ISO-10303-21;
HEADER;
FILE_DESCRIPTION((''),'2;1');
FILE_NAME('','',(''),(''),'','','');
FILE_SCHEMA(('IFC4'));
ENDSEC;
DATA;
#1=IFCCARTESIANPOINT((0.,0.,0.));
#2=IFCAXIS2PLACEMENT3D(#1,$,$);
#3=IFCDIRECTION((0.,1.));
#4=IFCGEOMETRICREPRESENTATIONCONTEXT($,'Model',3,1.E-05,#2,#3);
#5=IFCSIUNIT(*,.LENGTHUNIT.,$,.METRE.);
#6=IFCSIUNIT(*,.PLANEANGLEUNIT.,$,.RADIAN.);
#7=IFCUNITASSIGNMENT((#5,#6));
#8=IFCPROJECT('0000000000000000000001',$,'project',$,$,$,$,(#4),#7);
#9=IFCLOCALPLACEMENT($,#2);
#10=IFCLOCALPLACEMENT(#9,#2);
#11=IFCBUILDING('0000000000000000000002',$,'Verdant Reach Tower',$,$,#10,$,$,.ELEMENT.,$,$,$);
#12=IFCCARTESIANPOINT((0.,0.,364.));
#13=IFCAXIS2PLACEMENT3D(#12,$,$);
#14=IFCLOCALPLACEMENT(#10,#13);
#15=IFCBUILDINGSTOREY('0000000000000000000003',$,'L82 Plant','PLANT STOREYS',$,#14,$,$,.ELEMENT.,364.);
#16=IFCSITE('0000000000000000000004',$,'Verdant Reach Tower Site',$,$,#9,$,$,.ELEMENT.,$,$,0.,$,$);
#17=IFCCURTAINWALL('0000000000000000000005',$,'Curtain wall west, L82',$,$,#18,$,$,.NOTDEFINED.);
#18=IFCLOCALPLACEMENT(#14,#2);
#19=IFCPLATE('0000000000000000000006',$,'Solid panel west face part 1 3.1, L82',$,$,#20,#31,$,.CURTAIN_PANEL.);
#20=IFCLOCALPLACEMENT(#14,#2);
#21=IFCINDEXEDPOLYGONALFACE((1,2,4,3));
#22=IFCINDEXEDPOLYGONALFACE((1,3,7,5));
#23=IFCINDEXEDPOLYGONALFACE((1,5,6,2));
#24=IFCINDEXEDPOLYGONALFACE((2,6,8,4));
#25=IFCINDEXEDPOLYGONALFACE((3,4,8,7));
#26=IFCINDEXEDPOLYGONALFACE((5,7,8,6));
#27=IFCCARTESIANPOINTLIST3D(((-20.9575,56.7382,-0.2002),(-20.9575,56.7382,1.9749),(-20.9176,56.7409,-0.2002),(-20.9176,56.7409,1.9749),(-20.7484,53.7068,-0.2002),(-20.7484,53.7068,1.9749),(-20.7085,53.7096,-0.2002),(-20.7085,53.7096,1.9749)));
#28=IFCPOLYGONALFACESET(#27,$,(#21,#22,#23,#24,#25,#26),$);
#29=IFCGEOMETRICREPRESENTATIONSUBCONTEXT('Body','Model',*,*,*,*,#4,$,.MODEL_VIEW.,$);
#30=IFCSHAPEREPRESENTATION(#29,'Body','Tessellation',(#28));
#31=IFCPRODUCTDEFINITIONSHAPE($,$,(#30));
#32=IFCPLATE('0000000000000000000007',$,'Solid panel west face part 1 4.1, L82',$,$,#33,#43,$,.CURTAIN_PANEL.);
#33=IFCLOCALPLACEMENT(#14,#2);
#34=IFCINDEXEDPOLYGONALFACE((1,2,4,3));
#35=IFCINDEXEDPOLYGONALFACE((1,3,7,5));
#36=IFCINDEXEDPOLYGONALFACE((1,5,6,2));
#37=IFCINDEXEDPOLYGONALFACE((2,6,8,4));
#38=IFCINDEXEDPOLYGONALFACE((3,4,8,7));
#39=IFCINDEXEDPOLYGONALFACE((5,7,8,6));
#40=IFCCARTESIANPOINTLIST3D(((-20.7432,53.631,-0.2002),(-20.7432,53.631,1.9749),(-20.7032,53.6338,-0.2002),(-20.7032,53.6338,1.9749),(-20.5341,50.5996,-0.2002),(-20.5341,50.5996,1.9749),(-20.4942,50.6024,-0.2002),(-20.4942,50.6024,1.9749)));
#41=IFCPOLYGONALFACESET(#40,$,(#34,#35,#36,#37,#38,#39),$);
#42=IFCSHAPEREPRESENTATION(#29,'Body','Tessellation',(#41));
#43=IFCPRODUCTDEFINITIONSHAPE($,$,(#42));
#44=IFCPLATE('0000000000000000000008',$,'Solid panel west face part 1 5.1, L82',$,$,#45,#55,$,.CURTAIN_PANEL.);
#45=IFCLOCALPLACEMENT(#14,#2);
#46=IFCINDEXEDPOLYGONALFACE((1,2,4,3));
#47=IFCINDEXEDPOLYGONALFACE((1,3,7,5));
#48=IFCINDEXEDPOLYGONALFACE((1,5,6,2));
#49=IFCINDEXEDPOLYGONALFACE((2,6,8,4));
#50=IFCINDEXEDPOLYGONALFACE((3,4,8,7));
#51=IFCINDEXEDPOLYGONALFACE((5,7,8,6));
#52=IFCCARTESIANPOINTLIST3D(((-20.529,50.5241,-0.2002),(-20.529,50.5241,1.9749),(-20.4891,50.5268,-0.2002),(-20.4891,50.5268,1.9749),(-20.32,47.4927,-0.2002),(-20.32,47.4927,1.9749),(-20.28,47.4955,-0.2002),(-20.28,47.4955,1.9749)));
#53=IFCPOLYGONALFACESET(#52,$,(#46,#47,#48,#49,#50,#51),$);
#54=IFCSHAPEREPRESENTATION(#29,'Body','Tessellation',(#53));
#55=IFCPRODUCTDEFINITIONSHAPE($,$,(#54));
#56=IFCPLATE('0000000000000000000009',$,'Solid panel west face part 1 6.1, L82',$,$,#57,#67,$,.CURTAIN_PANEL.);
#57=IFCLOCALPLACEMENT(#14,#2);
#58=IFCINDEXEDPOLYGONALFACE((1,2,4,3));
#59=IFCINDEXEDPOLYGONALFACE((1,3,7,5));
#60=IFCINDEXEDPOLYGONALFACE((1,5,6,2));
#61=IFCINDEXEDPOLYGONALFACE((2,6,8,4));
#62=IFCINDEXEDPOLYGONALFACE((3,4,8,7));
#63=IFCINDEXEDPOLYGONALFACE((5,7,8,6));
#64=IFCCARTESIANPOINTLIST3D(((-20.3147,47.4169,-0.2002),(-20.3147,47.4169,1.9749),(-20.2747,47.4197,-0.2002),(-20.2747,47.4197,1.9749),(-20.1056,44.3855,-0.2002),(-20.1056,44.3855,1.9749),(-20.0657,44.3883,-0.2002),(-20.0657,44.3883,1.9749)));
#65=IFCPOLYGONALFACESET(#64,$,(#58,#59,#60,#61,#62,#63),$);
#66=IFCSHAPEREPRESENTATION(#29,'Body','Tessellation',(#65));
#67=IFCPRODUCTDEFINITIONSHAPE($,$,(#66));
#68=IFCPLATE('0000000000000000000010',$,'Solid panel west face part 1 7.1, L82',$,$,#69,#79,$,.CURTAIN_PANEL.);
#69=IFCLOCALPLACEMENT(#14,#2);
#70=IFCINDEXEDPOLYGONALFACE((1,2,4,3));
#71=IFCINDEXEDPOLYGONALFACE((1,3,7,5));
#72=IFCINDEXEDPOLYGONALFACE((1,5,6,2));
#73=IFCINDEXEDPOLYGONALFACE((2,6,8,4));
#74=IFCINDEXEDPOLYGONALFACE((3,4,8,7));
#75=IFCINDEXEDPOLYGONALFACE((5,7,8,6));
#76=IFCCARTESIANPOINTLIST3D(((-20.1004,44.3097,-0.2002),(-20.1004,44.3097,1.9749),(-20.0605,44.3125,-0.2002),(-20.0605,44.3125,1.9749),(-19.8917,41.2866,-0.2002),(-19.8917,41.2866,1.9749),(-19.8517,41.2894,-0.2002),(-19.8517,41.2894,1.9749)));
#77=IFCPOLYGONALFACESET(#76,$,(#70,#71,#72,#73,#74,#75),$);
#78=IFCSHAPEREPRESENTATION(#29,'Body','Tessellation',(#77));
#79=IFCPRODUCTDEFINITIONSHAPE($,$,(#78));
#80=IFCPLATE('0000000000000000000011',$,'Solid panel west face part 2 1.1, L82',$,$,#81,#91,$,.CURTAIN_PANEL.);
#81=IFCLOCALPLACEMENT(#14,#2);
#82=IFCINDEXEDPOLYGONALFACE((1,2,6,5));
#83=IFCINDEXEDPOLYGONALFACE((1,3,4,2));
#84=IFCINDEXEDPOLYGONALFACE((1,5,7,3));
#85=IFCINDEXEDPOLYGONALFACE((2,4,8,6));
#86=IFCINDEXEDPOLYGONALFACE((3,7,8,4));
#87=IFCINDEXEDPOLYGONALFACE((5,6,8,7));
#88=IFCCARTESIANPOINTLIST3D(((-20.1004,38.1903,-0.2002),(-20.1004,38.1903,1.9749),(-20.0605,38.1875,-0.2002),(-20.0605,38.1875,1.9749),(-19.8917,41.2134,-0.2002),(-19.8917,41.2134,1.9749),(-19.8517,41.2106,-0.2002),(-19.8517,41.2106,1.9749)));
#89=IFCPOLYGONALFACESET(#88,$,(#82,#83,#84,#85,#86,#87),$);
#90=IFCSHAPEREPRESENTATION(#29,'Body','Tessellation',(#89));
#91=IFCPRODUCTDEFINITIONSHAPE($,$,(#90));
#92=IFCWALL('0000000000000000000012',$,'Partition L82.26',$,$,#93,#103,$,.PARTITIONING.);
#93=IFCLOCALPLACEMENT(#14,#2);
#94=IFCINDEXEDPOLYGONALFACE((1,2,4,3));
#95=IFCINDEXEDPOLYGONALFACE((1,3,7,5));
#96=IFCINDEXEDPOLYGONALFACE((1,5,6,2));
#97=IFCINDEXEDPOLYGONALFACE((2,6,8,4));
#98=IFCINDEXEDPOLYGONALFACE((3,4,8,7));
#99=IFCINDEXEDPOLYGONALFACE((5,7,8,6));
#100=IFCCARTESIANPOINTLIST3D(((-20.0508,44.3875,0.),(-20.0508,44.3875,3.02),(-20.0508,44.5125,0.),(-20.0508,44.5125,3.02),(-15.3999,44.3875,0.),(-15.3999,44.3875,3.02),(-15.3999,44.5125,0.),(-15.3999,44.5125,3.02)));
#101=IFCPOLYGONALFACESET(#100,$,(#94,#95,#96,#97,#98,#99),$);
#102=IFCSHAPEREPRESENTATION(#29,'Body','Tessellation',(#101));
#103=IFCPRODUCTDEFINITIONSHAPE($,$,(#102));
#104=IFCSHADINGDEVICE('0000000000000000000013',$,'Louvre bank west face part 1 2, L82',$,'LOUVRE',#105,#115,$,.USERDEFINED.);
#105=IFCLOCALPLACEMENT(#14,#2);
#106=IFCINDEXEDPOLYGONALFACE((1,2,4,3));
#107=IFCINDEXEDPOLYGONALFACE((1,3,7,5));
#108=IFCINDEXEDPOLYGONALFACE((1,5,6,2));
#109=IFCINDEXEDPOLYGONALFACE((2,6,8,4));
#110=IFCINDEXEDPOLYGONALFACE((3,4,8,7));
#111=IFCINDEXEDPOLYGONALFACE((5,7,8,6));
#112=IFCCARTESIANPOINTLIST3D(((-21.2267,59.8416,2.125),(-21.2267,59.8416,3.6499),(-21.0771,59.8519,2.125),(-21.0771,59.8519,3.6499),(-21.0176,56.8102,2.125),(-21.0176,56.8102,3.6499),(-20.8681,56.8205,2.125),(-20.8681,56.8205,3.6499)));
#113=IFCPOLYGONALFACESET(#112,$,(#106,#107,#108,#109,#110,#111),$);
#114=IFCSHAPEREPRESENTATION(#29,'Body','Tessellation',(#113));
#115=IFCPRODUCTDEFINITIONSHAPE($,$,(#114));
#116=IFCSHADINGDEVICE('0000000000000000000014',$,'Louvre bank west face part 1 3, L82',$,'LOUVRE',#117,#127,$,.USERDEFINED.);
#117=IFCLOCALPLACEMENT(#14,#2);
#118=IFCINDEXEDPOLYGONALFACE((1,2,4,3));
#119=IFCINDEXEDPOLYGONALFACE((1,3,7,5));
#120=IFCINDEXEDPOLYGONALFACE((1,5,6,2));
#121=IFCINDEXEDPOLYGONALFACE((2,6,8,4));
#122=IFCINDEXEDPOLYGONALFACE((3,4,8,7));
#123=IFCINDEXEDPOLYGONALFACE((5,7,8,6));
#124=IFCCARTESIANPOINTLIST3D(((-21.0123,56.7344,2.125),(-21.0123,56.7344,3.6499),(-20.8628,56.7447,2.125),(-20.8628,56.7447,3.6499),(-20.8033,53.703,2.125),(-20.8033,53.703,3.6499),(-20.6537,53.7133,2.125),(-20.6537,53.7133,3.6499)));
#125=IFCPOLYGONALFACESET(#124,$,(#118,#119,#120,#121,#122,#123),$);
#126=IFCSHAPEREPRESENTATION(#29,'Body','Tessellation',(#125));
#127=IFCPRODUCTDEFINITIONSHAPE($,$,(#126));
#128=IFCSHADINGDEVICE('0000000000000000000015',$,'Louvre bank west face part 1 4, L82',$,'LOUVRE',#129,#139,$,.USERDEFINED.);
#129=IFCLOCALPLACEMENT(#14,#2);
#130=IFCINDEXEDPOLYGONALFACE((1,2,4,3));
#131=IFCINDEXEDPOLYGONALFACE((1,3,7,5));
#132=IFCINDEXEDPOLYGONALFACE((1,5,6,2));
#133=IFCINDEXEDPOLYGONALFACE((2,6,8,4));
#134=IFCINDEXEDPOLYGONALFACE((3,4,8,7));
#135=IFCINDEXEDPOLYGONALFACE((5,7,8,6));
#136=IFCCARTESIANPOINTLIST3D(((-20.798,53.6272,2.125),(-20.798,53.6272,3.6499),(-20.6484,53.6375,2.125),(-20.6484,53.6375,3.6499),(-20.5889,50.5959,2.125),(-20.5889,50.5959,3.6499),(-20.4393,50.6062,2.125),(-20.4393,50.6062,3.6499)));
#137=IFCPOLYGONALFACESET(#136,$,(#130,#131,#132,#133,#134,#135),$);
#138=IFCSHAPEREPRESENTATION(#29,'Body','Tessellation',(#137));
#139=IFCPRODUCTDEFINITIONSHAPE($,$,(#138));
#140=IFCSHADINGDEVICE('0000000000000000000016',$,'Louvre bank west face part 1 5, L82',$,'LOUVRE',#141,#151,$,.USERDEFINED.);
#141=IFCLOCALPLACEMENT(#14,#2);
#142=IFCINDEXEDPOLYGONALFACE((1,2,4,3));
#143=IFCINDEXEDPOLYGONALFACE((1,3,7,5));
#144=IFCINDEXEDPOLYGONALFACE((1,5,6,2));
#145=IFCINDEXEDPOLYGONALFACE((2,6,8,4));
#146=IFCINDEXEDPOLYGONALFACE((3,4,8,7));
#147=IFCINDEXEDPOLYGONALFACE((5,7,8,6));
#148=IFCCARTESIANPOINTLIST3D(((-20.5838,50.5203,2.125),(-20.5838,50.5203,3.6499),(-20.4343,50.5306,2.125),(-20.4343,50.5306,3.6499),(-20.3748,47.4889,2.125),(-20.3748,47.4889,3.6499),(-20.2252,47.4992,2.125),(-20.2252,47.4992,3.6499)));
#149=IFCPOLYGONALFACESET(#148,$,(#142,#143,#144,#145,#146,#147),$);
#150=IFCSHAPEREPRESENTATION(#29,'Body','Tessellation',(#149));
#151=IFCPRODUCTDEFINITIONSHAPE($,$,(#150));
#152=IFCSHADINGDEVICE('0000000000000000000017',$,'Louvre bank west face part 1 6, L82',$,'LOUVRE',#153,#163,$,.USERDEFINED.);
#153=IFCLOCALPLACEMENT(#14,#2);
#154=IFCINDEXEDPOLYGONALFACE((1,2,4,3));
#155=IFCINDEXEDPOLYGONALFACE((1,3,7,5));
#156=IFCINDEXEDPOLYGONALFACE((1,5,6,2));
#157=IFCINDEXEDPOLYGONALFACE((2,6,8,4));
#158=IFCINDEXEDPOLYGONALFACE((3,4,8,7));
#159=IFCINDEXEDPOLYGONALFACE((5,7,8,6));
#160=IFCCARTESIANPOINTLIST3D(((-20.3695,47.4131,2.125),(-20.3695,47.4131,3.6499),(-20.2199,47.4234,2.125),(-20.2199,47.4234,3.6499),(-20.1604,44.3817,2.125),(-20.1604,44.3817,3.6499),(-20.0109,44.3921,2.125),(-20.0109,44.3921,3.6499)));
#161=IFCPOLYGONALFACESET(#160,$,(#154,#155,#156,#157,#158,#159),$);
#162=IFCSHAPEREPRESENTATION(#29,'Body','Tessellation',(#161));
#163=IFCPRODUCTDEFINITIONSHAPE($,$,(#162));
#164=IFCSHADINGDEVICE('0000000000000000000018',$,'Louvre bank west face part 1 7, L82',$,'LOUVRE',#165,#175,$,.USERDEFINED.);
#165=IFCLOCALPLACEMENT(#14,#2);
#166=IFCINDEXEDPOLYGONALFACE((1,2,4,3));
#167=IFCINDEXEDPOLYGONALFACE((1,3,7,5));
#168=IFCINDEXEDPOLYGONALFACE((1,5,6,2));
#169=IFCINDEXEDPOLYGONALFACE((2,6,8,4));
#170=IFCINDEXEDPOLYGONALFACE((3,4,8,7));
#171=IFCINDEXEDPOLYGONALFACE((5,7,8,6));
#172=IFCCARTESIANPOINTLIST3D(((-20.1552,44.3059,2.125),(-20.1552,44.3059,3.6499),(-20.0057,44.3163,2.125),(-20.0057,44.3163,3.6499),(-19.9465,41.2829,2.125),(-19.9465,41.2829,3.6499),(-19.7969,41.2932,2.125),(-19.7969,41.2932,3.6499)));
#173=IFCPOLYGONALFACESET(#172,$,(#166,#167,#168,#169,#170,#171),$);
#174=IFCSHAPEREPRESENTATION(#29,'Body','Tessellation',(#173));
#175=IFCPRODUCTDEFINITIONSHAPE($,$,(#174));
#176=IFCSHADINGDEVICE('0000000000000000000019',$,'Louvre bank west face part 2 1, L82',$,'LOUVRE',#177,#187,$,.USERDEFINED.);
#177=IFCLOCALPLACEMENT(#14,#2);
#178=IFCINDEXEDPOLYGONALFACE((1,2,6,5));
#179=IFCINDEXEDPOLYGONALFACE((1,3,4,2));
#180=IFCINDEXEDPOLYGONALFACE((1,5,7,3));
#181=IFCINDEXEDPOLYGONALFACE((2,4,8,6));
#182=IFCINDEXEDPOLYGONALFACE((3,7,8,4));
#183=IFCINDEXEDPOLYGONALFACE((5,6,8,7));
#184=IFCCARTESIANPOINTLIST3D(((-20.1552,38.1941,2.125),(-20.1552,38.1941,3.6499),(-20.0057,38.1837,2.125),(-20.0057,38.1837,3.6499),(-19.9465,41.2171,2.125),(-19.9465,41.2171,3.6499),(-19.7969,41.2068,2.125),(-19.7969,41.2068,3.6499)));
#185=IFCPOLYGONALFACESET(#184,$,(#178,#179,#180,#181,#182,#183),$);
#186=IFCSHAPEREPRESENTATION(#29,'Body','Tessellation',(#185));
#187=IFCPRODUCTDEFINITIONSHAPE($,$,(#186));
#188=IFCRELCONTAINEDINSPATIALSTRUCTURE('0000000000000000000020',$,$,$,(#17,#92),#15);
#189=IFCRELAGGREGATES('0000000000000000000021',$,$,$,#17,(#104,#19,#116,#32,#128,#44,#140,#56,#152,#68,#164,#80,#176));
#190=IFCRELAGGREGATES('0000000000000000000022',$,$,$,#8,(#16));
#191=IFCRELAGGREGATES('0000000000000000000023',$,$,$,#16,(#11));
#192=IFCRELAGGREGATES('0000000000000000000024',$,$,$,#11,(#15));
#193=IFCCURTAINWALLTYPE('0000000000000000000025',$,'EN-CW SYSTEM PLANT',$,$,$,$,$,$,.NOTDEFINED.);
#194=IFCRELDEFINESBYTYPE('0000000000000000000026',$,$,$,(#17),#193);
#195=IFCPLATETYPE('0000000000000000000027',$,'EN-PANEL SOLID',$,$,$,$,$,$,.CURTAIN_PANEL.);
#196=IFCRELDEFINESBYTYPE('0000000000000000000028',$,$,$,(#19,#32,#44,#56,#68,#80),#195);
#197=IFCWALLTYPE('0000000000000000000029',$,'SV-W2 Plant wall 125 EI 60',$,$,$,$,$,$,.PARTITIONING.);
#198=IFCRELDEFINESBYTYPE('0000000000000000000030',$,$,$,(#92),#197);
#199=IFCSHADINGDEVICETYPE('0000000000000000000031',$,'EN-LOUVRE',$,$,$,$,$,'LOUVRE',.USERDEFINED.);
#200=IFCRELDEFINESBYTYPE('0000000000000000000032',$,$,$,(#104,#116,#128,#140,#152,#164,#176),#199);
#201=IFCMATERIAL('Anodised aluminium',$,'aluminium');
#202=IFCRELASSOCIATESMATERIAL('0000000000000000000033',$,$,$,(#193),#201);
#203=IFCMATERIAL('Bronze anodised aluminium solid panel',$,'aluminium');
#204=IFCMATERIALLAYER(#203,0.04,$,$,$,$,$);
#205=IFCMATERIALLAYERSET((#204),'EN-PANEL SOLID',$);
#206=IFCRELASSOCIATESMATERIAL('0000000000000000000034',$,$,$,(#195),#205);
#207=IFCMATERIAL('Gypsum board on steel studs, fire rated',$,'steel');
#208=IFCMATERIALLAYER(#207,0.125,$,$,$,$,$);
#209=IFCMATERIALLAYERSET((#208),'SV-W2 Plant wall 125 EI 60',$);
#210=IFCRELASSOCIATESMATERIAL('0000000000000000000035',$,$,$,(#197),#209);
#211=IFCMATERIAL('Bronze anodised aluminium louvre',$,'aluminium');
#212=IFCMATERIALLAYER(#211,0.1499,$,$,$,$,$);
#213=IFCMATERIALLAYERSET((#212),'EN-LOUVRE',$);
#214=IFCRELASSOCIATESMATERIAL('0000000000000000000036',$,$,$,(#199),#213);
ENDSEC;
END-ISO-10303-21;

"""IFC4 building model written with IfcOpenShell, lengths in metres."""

from ifc_helpers import new_model, si_unit, direction, frame, frame_2d, origin, origin_2d, place, context, subcontext, project, spatial, rectangle, extrude, material, layer, layer_set, type_object, element, aggregate, save


model = new_model("IFC4")

# Units and contexts
model_context = context("Model", 3, precision=1e-05, world=origin(), true_north=direction((0.0, 1.0)))
body_context = subcontext(model_context, "Body", "Model", "MODEL_VIEW")
ifc_project = project(units=[si_unit("LENGTHUNIT", "METRE"), si_unit("PLANEANGLEUNIT", "RADIAN")], contexts=[model_context])

# Site, building, storey
site_placement = place(None, origin())
site = spatial("IfcSite", under=ifc_project, at=site_placement, Name="Verdant Reach Tower Site", CompositionType="ELEMENT", RefElevation=0.0)
building_placement = place(site_placement, origin())
building = spatial("IfcBuilding", under=site, at=building_placement, Name="Verdant Reach Tower", CompositionType="ELEMENT")
storey_placement = place(building_placement, frame((0.0, 0.0, 364.0)))
storey = spatial("IfcBuildingStorey", under=building, at=storey_placement, Name="L82 Plant", Description="PLANT STOREYS", CompositionType="ELEMENT", Elevation=364.0)

# Curtain wall
ifc_material_1 = material(Name="Anodised aluminium", Category="aluminium")
curtain_wall_type = type_object("IfcCurtainWallType", Name="EN-CW SYSTEM PLANT", PredefinedType="NOTDEFINED", material=ifc_material_1)
curtain_wall_placement = place(storey_placement, origin())
curtain_wall = element("IfcCurtainWall", 1, at=curtain_wall_placement, inside=storey, type_object=curtain_wall_type, Name="Curtain wall west, L82", PredefinedType="NOTDEFINED")

# Plates
ifc_material_2 = material(Name="Bronze anodised aluminium solid panel", Category="aluminium")
ifc_layer_1 = layer(ifc_material_2, 0.04)
ifc_layer_set_1 = layer_set([ifc_layer_1], Name="EN-PANEL SOLID")
plate_type = type_object("IfcPlateType", Name="EN-PANEL SOLID", PredefinedType="CURTAIN_PANEL", material=ifc_layer_set_1)
plate_1_placement = place(storey_placement, frame((-20.833, 55.2239, -0.2002), z_axis=(0.0, 0.0, 1.0), x_axis=(0.068802, -0.99763, 0.0)))
plate_1 = element("IfcPlate", 2, at=plate_1_placement, type_object=plate_type, Name="Solid panel west face part 1 3.1, L82", PredefinedType="CURTAIN_PANEL", context=body_context, shape_type="SweptSolid", body=[
    extrude(rectangle(XDim=3.0386, YDim=0.04, at=origin_2d()), origin(), (0.0, 0.0, 1.0), 2.175),
])
plate_2_placement = place(storey_placement, frame((-20.6187, 52.1167, -0.2002), z_axis=(0.0, 0.0, 1.0), x_axis=(0.068802, -0.99763, 0.0)))
plate_2 = element("IfcPlate", 3, at=plate_2_placement, type_object=plate_type, Name="Solid panel west face part 1 4.1, L82", PredefinedType="CURTAIN_PANEL", context=body_context, shape_type="SweptSolid", body=[
    extrude(rectangle(XDim=3.0386, YDim=0.04, at=origin_2d()), origin(), (0.0, 0.0, 1.0), 2.175),
])
plate_3_placement = place(storey_placement, frame((-20.4045, 49.0098, -0.2002), z_axis=(0.0, 0.0, 1.0), x_axis=(0.068802, -0.99763, 0.0)))
plate_3 = element("IfcPlate", 4, at=plate_3_placement, type_object=plate_type, Name="Solid panel west face part 1 5.1, L82", PredefinedType="CURTAIN_PANEL", context=body_context, shape_type="SweptSolid", body=[
    extrude(rectangle(XDim=3.0386, YDim=0.04, at=origin_2d()), origin(), (0.0, 0.0, 1.0), 2.175),
])
plate_4_placement = place(storey_placement, frame((-20.1902, 45.9026, -0.2002), z_axis=(0.0, 0.0, 1.0), x_axis=(0.068802, -0.99763, 0.0)))
plate_4 = element("IfcPlate", 5, at=plate_4_placement, type_object=plate_type, Name="Solid panel west face part 1 6.1, L82", PredefinedType="CURTAIN_PANEL", context=body_context, shape_type="SweptSolid", body=[
    extrude(rectangle(XDim=3.0386, YDim=0.04, at=origin_2d()), origin(), (0.0, 0.0, 1.0), 2.175),
])
plate_5_placement = place(storey_placement, frame((-19.9761, 42.7996, -0.2002), z_axis=(0.0, 0.0, 1.0), x_axis=(0.068893, -0.997624, 0.0)))
plate_5 = element("IfcPlate", 6, at=plate_5_placement, type_object=plate_type, Name="Solid panel west face part 1 7.1, L82", PredefinedType="CURTAIN_PANEL", context=body_context, shape_type="SweptSolid", body=[
    extrude(rectangle(XDim=3.0303, YDim=0.04, at=origin_2d()), origin(), (0.0, 0.0, 1.0), 2.175),
])
plate_6_placement = place(storey_placement, frame((-19.9761, 39.7004, -0.2002), z_axis=(0.0, 0.0, 1.0), x_axis=(-0.068893, -0.997624, 0.0)))
plate_6 = element("IfcPlate", 7, at=plate_6_placement, type_object=plate_type, Name="Solid panel west face part 2 1.1, L82", PredefinedType="CURTAIN_PANEL", context=body_context, shape_type="SweptSolid", body=[
    extrude(rectangle(XDim=3.0303, YDim=0.04, at=origin_2d()), origin(), (0.0, 0.0, 1.0), 2.175),
])

# Wall
ifc_material_3 = material(Name="Gypsum board on steel studs, fire rated", Category="steel")
ifc_layer_2 = layer(ifc_material_3, 0.125)
ifc_layer_set_2 = layer_set([ifc_layer_2], Name="SV-W2 Plant wall 125 EI 60")
wall_type = type_object("IfcWallType", Name="SV-W2 Plant wall 125 EI 60", PredefinedType="PARTITIONING", material=ifc_layer_set_2)
wall_placement = place(storey_placement, frame((-20.0508, 44.45, 0.0), z_axis=(0.0, 0.0, 1.0), x_axis=(1.0, 0.0, 0.0)))
element("IfcWall", 8, at=wall_placement, inside=storey, type_object=wall_type, Name="Partition L82.26", PredefinedType="PARTITIONING", context=body_context, shape_type="SweptSolid", body=[
    extrude(rectangle(XDim=4.6509, YDim=0.125, at=frame_2d((2.3254, 0.0))), origin(), (0.0, 0.0, 1.0), 3.02),
])

# Shading devices
ifc_material_4 = material(Name="Bronze anodised aluminium louvre", Category="aluminium")
ifc_layer_3 = layer(ifc_material_4, 0.1499)
ifc_layer_set_3 = layer_set([ifc_layer_3], Name="EN-LOUVRE")
shading_device_type = type_object("IfcShadingDeviceType", Name="EN-LOUVRE", ElementType="LOUVRE", PredefinedType="USERDEFINED", material=ifc_layer_set_3)
shading_device_1_placement = place(storey_placement, frame((-21.0474, 58.3311, 2.125), z_axis=(0.0, 0.0, 1.0), x_axis=(0.068802, -0.99763, 0.0)))
shading_device_1 = element("IfcShadingDevice", 9, at=shading_device_1_placement, type_object=shading_device_type, Name="Louvre bank west face part 1 2, L82", ObjectType="LOUVRE", PredefinedType="USERDEFINED", context=body_context, shape_type="SweptSolid", body=[
    extrude(rectangle(XDim=3.0386, YDim=0.1499, at=origin_2d()), origin(), (0.0, 0.0, 1.0), 1.5249),
])
shading_device_2_placement = place(storey_placement, frame((-20.833, 55.2239, 2.125), z_axis=(0.0, 0.0, 1.0), x_axis=(0.068802, -0.99763, 0.0)))
shading_device_2 = element("IfcShadingDevice", 10, at=shading_device_2_placement, type_object=shading_device_type, Name="Louvre bank west face part 1 3, L82", ObjectType="LOUVRE", PredefinedType="USERDEFINED", context=body_context, shape_type="SweptSolid", body=[
    extrude(rectangle(XDim=3.0386, YDim=0.1499, at=origin_2d()), origin(), (0.0, 0.0, 1.0), 1.5249),
])
shading_device_3_placement = place(storey_placement, frame((-20.6187, 52.1167, 2.125), z_axis=(0.0, 0.0, 1.0), x_axis=(0.068802, -0.99763, 0.0)))
shading_device_3 = element("IfcShadingDevice", 11, at=shading_device_3_placement, type_object=shading_device_type, Name="Louvre bank west face part 1 4, L82", ObjectType="LOUVRE", PredefinedType="USERDEFINED", context=body_context, shape_type="SweptSolid", body=[
    extrude(rectangle(XDim=3.0386, YDim=0.1499, at=origin_2d()), origin(), (0.0, 0.0, 1.0), 1.5249),
])
shading_device_4_placement = place(storey_placement, frame((-20.4045, 49.0098, 2.125), z_axis=(0.0, 0.0, 1.0), x_axis=(0.068802, -0.99763, 0.0)))
shading_device_4 = element("IfcShadingDevice", 12, at=shading_device_4_placement, type_object=shading_device_type, Name="Louvre bank west face part 1 5, L82", ObjectType="LOUVRE", PredefinedType="USERDEFINED", context=body_context, shape_type="SweptSolid", body=[
    extrude(rectangle(XDim=3.0386, YDim=0.1499, at=origin_2d()), origin(), (0.0, 0.0, 1.0), 1.5249),
])
shading_device_5_placement = place(storey_placement, frame((-20.1902, 45.9026, 2.125), z_axis=(0.0, 0.0, 1.0), x_axis=(0.068802, -0.99763, 0.0)))
shading_device_5 = element("IfcShadingDevice", 13, at=shading_device_5_placement, type_object=shading_device_type, Name="Louvre bank west face part 1 6, L82", ObjectType="LOUVRE", PredefinedType="USERDEFINED", context=body_context, shape_type="SweptSolid", body=[
    extrude(rectangle(XDim=3.0386, YDim=0.1499, at=origin_2d()), origin(), (0.0, 0.0, 1.0), 1.5249),
])
shading_device_6_placement = place(storey_placement, frame((-19.9761, 42.7996, 2.125), z_axis=(0.0, 0.0, 1.0), x_axis=(0.068893, -0.997624, 0.0)))
shading_device_6 = element("IfcShadingDevice", 14, at=shading_device_6_placement, type_object=shading_device_type, Name="Louvre bank west face part 1 7, L82", ObjectType="LOUVRE", PredefinedType="USERDEFINED", context=body_context, shape_type="SweptSolid", body=[
    extrude(rectangle(XDim=3.0303, YDim=0.1499, at=origin_2d()), origin(), (0.0, 0.0, 1.0), 1.5249),
])
shading_device_7_placement = place(storey_placement, frame((-19.9761, 39.7004, 2.125), z_axis=(0.0, 0.0, 1.0), x_axis=(-0.068893, -0.997624, 0.0)))
shading_device_7 = element("IfcShadingDevice", 15, at=shading_device_7_placement, type_object=shading_device_type, Name="Louvre bank west face part 2 1, L82", ObjectType="LOUVRE", PredefinedType="USERDEFINED", context=body_context, shape_type="SweptSolid", body=[
    extrude(rectangle(XDim=3.0303, YDim=0.1499, at=origin_2d()), origin(), (0.0, 0.0, 1.0), 1.5249),
])
aggregate(curtain_wall, [shading_device_1, plate_1, shading_device_2, plate_2, shading_device_3, plate_3, shading_device_4, plate_4, shading_device_5, plate_5, shading_device_6, plate_6, shading_device_7])

save(model, "model.ifc")
